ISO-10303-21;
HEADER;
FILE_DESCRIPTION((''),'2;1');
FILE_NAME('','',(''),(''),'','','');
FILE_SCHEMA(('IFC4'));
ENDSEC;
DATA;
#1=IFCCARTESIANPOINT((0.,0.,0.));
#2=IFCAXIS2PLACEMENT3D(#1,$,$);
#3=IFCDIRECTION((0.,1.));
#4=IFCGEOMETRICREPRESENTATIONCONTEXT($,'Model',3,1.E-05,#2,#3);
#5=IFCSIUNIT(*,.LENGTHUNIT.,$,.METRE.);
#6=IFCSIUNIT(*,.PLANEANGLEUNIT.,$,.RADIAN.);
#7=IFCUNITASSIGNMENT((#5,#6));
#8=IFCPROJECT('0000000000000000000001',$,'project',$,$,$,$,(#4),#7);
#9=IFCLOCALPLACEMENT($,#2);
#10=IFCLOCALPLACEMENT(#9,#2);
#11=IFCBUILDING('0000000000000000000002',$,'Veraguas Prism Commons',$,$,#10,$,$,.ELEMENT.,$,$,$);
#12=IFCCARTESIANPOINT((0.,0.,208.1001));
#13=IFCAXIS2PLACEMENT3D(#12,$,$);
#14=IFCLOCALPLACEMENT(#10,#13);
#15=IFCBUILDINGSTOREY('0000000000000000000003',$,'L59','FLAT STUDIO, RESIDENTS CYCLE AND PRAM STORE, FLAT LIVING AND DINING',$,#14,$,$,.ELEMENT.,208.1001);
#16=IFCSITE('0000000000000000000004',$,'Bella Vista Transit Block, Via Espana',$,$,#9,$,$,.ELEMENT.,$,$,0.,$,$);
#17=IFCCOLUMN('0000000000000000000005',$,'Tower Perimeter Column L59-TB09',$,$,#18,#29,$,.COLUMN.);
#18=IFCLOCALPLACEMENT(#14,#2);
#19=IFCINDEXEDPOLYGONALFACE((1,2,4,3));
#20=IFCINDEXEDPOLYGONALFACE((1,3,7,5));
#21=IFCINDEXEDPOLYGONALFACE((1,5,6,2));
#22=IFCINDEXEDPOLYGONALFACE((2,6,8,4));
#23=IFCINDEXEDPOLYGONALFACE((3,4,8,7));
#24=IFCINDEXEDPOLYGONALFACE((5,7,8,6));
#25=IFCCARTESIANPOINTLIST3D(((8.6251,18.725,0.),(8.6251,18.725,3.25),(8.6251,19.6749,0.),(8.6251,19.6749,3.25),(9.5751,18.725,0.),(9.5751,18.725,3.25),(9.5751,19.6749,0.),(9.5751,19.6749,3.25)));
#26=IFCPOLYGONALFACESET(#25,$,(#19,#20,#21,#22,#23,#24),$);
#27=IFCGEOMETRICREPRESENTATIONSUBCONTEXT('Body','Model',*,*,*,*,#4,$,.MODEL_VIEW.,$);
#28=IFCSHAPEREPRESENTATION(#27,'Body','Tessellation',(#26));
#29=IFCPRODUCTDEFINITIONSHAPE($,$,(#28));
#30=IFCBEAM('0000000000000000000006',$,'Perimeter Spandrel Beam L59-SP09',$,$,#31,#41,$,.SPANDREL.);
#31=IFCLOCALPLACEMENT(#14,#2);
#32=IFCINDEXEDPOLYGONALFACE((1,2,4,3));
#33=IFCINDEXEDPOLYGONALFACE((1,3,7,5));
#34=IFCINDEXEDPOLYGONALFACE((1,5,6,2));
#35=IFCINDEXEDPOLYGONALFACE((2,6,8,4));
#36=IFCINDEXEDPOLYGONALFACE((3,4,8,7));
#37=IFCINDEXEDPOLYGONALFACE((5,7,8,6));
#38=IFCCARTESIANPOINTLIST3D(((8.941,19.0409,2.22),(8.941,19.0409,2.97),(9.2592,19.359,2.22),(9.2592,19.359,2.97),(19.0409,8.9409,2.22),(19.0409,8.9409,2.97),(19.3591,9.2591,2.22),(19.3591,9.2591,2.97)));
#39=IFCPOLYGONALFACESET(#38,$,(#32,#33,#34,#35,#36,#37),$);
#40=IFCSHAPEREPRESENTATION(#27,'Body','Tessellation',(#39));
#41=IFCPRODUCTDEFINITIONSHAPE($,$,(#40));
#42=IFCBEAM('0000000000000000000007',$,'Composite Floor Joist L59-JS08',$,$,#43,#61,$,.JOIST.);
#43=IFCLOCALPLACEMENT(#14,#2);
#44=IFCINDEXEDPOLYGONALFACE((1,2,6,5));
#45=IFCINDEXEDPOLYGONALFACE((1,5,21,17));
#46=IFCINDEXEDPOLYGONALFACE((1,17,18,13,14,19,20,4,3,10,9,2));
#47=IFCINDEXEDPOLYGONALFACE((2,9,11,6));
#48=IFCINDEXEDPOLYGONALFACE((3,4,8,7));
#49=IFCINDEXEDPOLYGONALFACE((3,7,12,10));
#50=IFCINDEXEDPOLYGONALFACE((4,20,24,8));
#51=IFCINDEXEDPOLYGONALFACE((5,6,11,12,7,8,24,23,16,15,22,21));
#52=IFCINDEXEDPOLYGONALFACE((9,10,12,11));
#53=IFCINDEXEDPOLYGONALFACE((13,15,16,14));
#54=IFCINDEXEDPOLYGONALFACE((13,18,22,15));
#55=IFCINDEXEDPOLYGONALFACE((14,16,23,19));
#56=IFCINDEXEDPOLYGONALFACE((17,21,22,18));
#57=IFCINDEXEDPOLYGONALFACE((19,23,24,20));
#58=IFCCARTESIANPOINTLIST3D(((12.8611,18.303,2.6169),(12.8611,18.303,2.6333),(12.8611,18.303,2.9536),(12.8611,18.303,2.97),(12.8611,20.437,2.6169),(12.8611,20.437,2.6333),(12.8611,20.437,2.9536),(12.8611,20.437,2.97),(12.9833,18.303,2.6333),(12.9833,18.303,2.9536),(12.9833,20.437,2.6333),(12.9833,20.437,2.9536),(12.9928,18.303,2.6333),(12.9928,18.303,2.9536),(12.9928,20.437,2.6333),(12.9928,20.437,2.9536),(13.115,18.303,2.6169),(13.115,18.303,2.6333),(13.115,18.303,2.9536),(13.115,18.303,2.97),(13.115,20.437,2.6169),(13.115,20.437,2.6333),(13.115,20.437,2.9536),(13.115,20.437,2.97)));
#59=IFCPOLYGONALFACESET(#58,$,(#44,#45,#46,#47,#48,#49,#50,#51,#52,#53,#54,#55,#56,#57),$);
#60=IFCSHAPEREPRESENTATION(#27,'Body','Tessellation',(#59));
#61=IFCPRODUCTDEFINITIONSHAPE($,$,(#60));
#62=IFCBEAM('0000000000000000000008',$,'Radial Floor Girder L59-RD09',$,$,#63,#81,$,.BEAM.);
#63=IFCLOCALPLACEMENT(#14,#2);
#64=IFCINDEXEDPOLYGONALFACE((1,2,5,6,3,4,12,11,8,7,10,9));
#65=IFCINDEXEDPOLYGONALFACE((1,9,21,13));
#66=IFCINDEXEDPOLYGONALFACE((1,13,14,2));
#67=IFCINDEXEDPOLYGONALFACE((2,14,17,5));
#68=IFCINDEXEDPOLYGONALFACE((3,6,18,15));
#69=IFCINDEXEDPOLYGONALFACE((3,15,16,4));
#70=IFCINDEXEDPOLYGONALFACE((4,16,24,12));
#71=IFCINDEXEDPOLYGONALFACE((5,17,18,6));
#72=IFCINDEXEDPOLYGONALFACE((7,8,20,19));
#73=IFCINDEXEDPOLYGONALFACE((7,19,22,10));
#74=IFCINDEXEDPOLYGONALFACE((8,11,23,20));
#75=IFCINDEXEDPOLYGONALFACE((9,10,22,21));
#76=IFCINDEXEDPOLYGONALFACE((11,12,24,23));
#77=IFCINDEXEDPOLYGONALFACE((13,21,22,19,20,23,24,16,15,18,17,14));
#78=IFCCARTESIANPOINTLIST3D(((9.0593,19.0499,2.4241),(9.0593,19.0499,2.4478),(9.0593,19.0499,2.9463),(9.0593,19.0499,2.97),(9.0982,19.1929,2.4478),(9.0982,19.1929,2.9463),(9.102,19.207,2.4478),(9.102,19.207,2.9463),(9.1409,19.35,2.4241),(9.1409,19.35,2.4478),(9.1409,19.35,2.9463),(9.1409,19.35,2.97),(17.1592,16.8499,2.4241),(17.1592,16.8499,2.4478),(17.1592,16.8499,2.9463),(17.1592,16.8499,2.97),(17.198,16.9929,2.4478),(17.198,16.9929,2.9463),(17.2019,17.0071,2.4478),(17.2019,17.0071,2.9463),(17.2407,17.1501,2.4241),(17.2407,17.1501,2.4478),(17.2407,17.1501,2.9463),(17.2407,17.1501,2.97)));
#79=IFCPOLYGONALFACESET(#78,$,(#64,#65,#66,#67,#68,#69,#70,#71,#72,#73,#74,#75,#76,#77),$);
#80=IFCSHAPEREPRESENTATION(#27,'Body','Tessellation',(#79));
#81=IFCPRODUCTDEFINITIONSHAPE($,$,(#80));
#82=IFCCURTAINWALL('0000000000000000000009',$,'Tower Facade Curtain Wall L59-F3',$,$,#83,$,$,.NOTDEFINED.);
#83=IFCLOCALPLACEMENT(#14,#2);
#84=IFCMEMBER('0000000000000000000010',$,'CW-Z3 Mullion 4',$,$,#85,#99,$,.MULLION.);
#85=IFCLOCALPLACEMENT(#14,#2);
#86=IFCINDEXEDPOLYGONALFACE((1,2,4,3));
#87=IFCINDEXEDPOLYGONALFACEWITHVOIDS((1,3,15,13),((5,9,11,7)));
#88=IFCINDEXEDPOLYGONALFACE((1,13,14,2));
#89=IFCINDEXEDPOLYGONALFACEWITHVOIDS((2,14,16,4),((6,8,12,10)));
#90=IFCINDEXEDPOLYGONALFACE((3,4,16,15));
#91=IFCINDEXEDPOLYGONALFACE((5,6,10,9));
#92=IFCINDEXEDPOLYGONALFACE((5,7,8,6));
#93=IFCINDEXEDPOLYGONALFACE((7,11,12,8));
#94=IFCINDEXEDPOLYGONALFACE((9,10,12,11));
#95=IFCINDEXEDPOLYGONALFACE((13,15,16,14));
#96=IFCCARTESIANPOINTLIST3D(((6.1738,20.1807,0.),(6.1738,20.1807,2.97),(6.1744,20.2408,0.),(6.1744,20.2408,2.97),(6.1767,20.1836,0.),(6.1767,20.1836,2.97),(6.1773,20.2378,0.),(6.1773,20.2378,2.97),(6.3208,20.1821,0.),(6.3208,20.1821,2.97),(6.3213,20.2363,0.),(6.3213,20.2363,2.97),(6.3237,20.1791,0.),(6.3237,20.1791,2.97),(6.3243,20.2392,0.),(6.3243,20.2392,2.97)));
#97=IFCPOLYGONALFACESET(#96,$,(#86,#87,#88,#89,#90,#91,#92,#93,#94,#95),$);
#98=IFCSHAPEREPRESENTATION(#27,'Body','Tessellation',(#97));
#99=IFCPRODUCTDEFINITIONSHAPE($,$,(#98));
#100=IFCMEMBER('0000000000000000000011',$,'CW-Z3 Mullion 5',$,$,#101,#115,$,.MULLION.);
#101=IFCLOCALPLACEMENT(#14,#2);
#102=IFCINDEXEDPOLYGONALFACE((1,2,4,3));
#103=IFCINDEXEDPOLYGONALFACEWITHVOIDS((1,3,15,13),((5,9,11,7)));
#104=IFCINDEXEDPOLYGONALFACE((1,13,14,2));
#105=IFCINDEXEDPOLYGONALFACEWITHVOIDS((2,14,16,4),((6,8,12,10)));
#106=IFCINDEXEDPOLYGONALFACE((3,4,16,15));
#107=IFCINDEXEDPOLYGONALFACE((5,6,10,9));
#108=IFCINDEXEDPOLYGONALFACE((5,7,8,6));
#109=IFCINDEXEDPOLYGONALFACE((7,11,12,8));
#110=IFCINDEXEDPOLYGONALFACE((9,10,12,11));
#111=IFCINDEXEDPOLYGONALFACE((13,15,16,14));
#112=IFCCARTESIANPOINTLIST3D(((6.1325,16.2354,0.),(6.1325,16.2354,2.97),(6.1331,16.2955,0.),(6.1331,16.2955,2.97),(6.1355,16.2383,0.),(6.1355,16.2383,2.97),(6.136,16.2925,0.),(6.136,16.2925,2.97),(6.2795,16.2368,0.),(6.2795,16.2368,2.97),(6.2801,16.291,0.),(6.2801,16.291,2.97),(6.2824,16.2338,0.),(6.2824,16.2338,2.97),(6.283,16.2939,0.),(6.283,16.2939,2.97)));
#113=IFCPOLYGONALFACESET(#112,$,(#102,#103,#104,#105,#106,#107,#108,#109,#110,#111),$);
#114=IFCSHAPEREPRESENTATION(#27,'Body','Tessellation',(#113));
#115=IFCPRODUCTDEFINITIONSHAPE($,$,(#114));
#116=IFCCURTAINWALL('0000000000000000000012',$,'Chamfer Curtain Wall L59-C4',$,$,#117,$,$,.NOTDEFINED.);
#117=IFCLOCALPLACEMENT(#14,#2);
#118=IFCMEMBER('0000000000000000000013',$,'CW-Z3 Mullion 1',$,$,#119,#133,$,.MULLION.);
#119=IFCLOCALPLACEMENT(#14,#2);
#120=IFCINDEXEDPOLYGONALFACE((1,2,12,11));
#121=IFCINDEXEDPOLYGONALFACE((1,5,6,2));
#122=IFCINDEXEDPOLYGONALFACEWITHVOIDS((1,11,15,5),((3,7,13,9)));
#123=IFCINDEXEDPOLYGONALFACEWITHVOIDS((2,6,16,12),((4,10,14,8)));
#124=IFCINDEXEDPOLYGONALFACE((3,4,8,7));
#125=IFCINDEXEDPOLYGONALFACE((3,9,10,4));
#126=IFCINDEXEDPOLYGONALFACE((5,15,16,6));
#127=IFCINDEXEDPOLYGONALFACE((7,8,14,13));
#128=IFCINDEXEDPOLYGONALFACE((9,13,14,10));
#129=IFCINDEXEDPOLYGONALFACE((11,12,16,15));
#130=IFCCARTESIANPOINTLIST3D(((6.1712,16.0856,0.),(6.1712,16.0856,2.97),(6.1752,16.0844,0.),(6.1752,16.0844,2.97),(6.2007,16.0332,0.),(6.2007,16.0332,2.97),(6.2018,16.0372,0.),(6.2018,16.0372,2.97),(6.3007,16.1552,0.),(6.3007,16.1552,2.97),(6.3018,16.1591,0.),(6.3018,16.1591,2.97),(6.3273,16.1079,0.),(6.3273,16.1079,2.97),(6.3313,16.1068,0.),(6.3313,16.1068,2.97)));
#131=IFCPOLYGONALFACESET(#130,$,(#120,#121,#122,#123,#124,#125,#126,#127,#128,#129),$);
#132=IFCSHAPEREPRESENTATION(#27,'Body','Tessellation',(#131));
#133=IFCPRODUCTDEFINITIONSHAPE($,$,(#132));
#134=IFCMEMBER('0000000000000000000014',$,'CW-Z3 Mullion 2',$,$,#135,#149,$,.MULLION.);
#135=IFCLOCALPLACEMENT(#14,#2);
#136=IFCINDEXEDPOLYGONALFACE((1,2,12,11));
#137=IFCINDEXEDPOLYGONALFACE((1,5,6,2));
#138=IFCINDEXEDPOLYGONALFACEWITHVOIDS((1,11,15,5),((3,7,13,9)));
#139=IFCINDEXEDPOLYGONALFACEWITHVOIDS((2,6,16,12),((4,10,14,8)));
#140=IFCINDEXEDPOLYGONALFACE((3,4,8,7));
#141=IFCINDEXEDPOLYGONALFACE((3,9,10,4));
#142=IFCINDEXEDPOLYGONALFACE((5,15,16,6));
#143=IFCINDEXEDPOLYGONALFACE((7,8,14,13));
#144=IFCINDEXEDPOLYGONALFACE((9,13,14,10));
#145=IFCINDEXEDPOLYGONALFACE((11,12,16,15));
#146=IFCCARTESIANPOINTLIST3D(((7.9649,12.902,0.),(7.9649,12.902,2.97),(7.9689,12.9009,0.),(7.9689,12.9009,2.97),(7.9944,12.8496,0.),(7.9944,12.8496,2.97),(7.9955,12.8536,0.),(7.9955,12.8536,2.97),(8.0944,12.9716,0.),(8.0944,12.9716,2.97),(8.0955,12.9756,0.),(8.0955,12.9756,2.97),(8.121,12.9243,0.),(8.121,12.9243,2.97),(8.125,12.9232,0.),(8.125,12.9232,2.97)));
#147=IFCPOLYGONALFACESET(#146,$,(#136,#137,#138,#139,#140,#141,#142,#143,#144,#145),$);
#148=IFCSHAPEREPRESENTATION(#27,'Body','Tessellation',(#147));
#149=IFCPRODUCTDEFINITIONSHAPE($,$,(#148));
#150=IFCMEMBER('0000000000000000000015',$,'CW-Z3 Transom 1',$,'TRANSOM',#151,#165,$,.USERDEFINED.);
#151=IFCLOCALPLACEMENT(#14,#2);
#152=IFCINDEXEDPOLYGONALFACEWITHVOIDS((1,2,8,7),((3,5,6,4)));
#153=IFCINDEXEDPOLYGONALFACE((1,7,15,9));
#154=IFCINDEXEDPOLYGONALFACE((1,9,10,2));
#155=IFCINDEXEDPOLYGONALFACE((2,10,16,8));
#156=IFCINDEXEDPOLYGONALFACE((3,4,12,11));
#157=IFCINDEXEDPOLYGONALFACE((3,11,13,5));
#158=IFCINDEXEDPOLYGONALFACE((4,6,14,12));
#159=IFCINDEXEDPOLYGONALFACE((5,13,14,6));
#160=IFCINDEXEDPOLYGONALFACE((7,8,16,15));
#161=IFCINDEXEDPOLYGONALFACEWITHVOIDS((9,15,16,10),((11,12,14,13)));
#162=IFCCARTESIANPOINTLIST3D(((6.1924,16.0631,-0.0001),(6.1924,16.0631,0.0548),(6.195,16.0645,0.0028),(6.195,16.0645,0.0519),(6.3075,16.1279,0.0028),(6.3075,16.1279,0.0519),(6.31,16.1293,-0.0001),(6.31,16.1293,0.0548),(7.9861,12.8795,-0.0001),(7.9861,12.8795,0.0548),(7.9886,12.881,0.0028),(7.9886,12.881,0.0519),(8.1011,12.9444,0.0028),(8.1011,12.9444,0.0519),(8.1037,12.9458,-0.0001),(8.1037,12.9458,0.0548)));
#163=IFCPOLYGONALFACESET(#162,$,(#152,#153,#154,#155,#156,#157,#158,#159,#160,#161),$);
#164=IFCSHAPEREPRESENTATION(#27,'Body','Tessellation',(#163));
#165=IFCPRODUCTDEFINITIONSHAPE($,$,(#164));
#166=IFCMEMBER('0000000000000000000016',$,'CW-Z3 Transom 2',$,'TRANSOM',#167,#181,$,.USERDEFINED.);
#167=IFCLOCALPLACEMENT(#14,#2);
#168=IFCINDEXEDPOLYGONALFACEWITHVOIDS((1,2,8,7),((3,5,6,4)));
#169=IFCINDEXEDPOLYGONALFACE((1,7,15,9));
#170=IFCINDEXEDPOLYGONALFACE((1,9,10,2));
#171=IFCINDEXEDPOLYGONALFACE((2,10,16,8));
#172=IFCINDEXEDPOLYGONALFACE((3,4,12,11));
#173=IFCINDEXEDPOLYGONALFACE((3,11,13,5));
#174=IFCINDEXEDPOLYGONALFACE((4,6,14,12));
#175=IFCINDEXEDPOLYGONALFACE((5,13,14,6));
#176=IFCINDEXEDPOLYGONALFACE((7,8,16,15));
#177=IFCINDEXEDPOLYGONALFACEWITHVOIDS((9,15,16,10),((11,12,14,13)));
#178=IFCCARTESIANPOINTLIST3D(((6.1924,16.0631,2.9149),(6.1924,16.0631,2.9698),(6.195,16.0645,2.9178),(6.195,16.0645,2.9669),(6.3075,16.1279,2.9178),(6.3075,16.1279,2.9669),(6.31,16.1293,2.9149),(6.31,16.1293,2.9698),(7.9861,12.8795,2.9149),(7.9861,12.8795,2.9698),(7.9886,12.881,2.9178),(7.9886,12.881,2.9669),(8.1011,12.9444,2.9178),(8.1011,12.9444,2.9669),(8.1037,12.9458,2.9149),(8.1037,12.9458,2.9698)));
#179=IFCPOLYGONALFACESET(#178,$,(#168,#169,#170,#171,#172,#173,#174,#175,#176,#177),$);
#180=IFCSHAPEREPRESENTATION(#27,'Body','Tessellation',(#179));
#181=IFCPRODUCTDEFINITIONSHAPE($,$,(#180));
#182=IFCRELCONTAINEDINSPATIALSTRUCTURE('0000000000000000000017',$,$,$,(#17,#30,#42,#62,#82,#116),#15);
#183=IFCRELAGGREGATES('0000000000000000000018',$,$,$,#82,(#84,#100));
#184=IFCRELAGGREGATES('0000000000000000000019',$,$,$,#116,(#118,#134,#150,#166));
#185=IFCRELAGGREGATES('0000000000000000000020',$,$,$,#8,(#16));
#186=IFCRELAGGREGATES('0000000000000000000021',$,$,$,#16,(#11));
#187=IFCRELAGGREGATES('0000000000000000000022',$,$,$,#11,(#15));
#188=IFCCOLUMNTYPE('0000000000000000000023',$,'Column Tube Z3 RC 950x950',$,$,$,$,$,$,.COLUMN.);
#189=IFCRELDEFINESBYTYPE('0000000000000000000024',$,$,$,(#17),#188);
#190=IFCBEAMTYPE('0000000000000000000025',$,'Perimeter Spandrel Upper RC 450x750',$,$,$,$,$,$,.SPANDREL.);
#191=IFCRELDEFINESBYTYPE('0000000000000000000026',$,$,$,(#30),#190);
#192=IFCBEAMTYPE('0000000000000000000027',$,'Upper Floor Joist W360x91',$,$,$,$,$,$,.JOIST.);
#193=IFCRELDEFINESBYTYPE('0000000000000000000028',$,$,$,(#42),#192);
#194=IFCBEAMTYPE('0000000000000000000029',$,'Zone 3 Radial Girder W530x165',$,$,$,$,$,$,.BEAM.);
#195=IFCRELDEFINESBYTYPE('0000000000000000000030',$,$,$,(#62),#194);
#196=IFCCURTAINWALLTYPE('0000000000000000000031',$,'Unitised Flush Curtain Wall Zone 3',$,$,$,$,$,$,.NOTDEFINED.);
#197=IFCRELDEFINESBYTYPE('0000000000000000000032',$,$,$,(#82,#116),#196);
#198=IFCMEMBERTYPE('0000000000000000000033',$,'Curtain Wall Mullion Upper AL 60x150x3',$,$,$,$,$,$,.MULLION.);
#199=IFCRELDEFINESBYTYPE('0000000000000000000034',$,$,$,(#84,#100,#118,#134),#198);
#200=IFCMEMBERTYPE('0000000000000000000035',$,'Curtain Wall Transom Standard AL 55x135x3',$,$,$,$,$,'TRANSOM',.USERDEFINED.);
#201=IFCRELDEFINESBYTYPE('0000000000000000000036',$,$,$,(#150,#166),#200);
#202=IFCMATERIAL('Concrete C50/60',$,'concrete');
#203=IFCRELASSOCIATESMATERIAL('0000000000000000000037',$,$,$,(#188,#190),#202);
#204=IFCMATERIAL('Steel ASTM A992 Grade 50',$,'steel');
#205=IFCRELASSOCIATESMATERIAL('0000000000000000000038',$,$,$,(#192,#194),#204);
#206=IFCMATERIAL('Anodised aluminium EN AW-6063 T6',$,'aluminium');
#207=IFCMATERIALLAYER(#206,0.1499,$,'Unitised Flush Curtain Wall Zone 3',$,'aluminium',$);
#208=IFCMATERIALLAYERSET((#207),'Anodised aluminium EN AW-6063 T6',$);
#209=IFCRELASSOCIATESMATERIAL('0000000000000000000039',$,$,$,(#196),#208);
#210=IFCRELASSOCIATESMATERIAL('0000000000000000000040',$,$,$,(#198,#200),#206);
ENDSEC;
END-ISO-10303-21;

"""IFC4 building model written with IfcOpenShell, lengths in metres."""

from ifc_helpers import new_model, si_unit, direction, frame, origin, origin_2d, place, context, subcontext, project, spatial, rectangle, hollow_rectangle, i_section, extrude, source, transform, mapped, material, layer, layer_set, material_profile, profile_set, type_object, element, aggregate, save


model = new_model("IFC4")

# Units and contexts
model_context = context("Model", 3, precision=1e-05, world=origin(), true_north=direction((0.0, 1.0)))
body_context = subcontext(model_context, "Body", "Model", "MODEL_VIEW")
ifc_project = project(units=[si_unit("LENGTHUNIT", "METRE"), si_unit("PLANEANGLEUNIT", "RADIAN")], contexts=[model_context])

# Site, building, storey
site_placement = place(None, origin())
site = spatial("IfcSite", under=ifc_project, at=site_placement, Name="Bella Vista Transit Block, Via Espana", CompositionType="ELEMENT", RefElevation=0.0)
building_placement = place(site_placement, origin())
building = spatial("IfcBuilding", under=site, at=building_placement, Name="Veraguas Prism Commons", CompositionType="ELEMENT")
storey_placement = place(building_placement, frame((0.0, 0.0, 208.1001)))
storey = spatial("IfcBuildingStorey", under=building, at=storey_placement, Name="L59", Description="FLAT STUDIO, RESIDENTS CYCLE AND PRAM STORE, FLAT LIVING AND DINING", CompositionType="ELEMENT", Elevation=208.1001)

# Column
ifc_material_1 = material(Name="Concrete C50/60", Category="concrete")
ifc_material_profile_1 = material_profile(ifc_material_1, rectangle(XDim=0.95, YDim=0.95, at=origin_2d()), Name="RC950X950")
ifc_profile_set_1 = profile_set([ifc_material_profile_1], Name="Concrete C50/60")
column_type = type_object("IfcColumnType", Name="Column Tube Z3 RC 950x950", PredefinedType="COLUMN", material=ifc_profile_set_1)
column_placement = place(storey_placement, frame((9.1001, 19.2, 0.0), z_axis=(0.0, 0.0, 1.0), x_axis=(1.0, 0.0, 0.0)))
element("IfcColumn", 1, at=column_placement, inside=storey, type_object=column_type, Name="Tower Perimeter Column L59-TB09", PredefinedType="COLUMN", context=body_context, shape_type="SweptSolid", body=[
    extrude(rectangle(XDim=0.95, YDim=0.95, at=origin_2d()), origin(), (0.0, 0.0, 1.0), 3.25),
])

# Beams
ifc_material_profile_2 = material_profile(ifc_material_1, rectangle(XDim=0.45, YDim=0.75, at=origin_2d()), Name="RC450X750")
ifc_profile_set_2 = profile_set([ifc_material_profile_2], Name="Concrete C50/60")
beam_type_1 = type_object("IfcBeamType", Name="Perimeter Spandrel Upper RC 450x750", PredefinedType="SPANDREL", material=ifc_profile_set_2)
beam_1_placement = place(storey_placement, frame((9.1001, 19.2, 2.595), z_axis=(0.707107, -0.707107, 0.0), x_axis=(0.707107, 0.707107, 0.0)))
element("IfcBeam", 2, at=beam_1_placement, inside=storey, type_object=beam_type_1, Name="Perimeter Spandrel Beam L59-SP09", PredefinedType="SPANDREL", context=body_context, shape_type="SweptSolid", body=[
    extrude(rectangle(XDim=0.45, YDim=0.75, at=origin_2d()), origin(), (0.0, 0.0, 1.0), 14.2834),
])
ifc_material_2 = material(Name="Steel ASTM A992 Grade 50", Category="steel")
ifc_material_profile_3 = material_profile(ifc_material_2, i_section(OverallWidth=0.2539, OverallDepth=0.353, WebThickness=0.0095, FlangeThickness=0.0164, at=origin_2d()), Name="W360X91")
ifc_profile_set_3 = profile_set([ifc_material_profile_3], Name="Steel ASTM A992 Grade 50")
beam_type_2 = type_object("IfcBeamType", Name="Upper Floor Joist W360x91", PredefinedType="JOIST", material=ifc_profile_set_3)
beam_2_placement = place(storey_placement, frame((12.988, 20.437, 2.7935), z_axis=(0.0, -1.0, 0.0), x_axis=(1.0, 0.0, 0.0)))
element("IfcBeam", 3, at=beam_2_placement, inside=storey, type_object=beam_type_2, Name="Composite Floor Joist L59-JS08", PredefinedType="JOIST", context=body_context, shape_type="SweptSolid", body=[
    extrude(i_section(OverallWidth=0.2539, OverallDepth=0.353, WebThickness=0.0095, FlangeThickness=0.0164, at=origin_2d()), origin(), (0.0, 0.0, 1.0), 2.134),
])
ifc_material_profile_4 = material_profile(ifc_material_2, i_section(OverallWidth=0.311, OverallDepth=0.5459, WebThickness=0.0146, FlangeThickness=0.0237, at=origin_2d()), Name="W530X165")
ifc_profile_set_4 = profile_set([ifc_material_profile_4], Name="Steel ASTM A992 Grade 50")
beam_type_3 = type_object("IfcBeamType", Name="Zone 3 Radial Girder W530x165", PredefinedType="BEAM", material=ifc_profile_set_4)
beam_3_placement = place(storey_placement, frame((9.1001, 19.2, 2.697), z_axis=(0.965039, -0.262108, 0.0), x_axis=(0.262108, 0.965039, 0.0)))
element("IfcBeam", 4, at=beam_3_placement, inside=storey, type_object=beam_type_3, Name="Radial Floor Girder L59-RD09", PredefinedType="BEAM", context=body_context, shape_type="SweptSolid", body=[
    extrude(i_section(OverallWidth=0.311, OverallDepth=0.5459, WebThickness=0.0146, FlangeThickness=0.0237, at=origin_2d()), origin(), (0.0, 0.0, 1.0), 8.3933),
])

# Curtain walls, members
ifc_material_3 = material(Name="Anodised aluminium EN AW-6063 T6", Category="aluminium")
ifc_layer_1 = layer(ifc_material_3, 0.1499, Name="Unitised Flush Curtain Wall Zone 3", Category="aluminium")
ifc_layer_set_1 = layer_set([ifc_layer_1], Name="Anodised aluminium EN AW-6063 T6")
curtain_wall_type = type_object("IfcCurtainWallType", Name="Unitised Flush Curtain Wall Zone 3", PredefinedType="NOTDEFINED", material=ifc_layer_set_1)
curtain_wall_1_placement = place(storey_placement, origin())
curtain_wall_1 = element("IfcCurtainWall", 5, at=curtain_wall_1_placement, inside=storey, type_object=curtain_wall_type, Name="Tower Facade Curtain Wall L59-F3", PredefinedType="NOTDEFINED")
ifc_material_profile_5 = material_profile(ifc_material_3, hollow_rectangle(XDim=0.0601, YDim=0.1499, WallThickness=0.0029, at=origin_2d()), Name="AL60X150X3")
ifc_profile_set_5 = profile_set([ifc_material_profile_5], Name="Anodised aluminium EN AW-6063 T6")
member_type_1 = type_object("IfcMemberType", Name="Curtain Wall Mullion Upper AL 60x150x3", PredefinedType="MULLION", material=ifc_profile_set_5)
shared_shape_1 = source(origin(), body_context, "Body", "SweptSolid", [
    extrude(hollow_rectangle(XDim=0.0601, YDim=0.1499, WallThickness=0.0029, at=origin_2d()), origin(), (0.0, 0.0, 1.0), 2.97),
])
member_1_placement = place(storey_placement, frame((6.249, 20.21, 0.0), z_axis=(0.0, 0.0, 1.0), x_axis=(-0.01047, -0.999945, 0.0)))
member_1 = element("IfcMember", 6, at=member_1_placement, type_object=member_type_1, Name="CW-Z3 Mullion 4", PredefinedType="MULLION", context=body_context, shape_type="MappedRepresentation", body=[
    mapped(shared_shape_1, transform((0.0, 0.0, 0.0), scale=1.0)),
])
member_2_placement = place(storey_placement, frame((6.2078, 16.2646, 0.0), z_axis=(0.0, 0.0, 1.0), x_axis=(-0.01047, -0.999945, 0.0)))
member_2 = element("IfcMember", 7, at=member_2_placement, type_object=member_type_1, Name="CW-Z3 Mullion 5", PredefinedType="MULLION", context=body_context, shape_type="MappedRepresentation", body=[
    mapped(shared_shape_1, transform((0.0, 0.0, 0.0), scale=1.0)),
])
curtain_wall_2_placement = place(storey_placement, origin())
curtain_wall_2 = element("IfcCurtainWall", 8, at=curtain_wall_2_placement, inside=storey, type_object=curtain_wall_type, Name="Chamfer Curtain Wall L59-C4", PredefinedType="NOTDEFINED")
member_3_placement = place(storey_placement, frame((6.2512, 16.0962, 0.0), z_axis=(0.0, 0.0, 1.0), x_axis=(0.490886, -0.871224, 0.0)))
member_3 = element("IfcMember", 9, at=member_3_placement, type_object=member_type_1, Name="CW-Z3 Mullion 1", PredefinedType="MULLION", context=body_context, shape_type="MappedRepresentation", body=[
    mapped(shared_shape_1, transform((0.0, 0.0, 0.0), scale=1.0)),
])
member_4_placement = place(storey_placement, frame((8.0449, 12.9126, 0.0), z_axis=(0.0, 0.0, 1.0), x_axis=(0.490886, -0.871224, 0.0)))
member_4 = element("IfcMember", 10, at=member_4_placement, type_object=member_type_1, Name="CW-Z3 Mullion 2", PredefinedType="MULLION", context=body_context, shape_type="MappedRepresentation", body=[
    mapped(shared_shape_1, transform((0.0, 0.0, 0.0), scale=1.0)),
])
ifc_material_profile_6 = material_profile(ifc_material_3, hollow_rectangle(XDim=0.0549, YDim=0.135, WallThickness=0.0029, at=origin_2d()), Name="AL55X135X3")
ifc_profile_set_6 = profile_set([ifc_material_profile_6], Name="Anodised aluminium EN AW-6063 T6")
member_type_2 = type_object("IfcMemberType", Name="Curtain Wall Transom Standard AL 55x135x3", ElementType="TRANSOM", PredefinedType="USERDEFINED", material=ifc_profile_set_6)
shared_shape_2 = source(origin(), body_context, "Body", "SweptSolid", [
    extrude(hollow_rectangle(XDim=0.0549, YDim=0.135, WallThickness=0.0029, at=origin_2d()), origin(), (0.0, 0.0, 1.0), 3.6541),
])
member_5_placement = place(storey_placement, frame((6.2512, 16.0962, 0.0273), z_axis=(0.49087, -0.871233, 0.0), x_axis=(0.0, 0.0, 1.0)))
member_5 = element("IfcMember", 11, at=member_5_placement, type_object=member_type_2, Name="CW-Z3 Transom 1", ObjectType="TRANSOM", PredefinedType="USERDEFINED", context=body_context, shape_type="MappedRepresentation", body=[
    mapped(shared_shape_2, transform((0.0, 0.0, 0.0), scale=1.0)),
])
member_6_placement = place(storey_placement, frame((6.2512, 16.0962, 2.9424), z_axis=(0.49087, -0.871233, 0.0), x_axis=(0.0, 0.0, 1.0)))
member_6 = element("IfcMember", 12, at=member_6_placement, type_object=member_type_2, Name="CW-Z3 Transom 2", ObjectType="TRANSOM", PredefinedType="USERDEFINED", context=body_context, shape_type="MappedRepresentation", body=[
    mapped(shared_shape_2, transform((0.0, 0.0, 0.0), scale=1.0)),
])

aggregate(curtain_wall_1, [member_1, member_2])
aggregate(curtain_wall_2, [member_3, member_4, member_5, member_6])

save(model, "model.ifc")
